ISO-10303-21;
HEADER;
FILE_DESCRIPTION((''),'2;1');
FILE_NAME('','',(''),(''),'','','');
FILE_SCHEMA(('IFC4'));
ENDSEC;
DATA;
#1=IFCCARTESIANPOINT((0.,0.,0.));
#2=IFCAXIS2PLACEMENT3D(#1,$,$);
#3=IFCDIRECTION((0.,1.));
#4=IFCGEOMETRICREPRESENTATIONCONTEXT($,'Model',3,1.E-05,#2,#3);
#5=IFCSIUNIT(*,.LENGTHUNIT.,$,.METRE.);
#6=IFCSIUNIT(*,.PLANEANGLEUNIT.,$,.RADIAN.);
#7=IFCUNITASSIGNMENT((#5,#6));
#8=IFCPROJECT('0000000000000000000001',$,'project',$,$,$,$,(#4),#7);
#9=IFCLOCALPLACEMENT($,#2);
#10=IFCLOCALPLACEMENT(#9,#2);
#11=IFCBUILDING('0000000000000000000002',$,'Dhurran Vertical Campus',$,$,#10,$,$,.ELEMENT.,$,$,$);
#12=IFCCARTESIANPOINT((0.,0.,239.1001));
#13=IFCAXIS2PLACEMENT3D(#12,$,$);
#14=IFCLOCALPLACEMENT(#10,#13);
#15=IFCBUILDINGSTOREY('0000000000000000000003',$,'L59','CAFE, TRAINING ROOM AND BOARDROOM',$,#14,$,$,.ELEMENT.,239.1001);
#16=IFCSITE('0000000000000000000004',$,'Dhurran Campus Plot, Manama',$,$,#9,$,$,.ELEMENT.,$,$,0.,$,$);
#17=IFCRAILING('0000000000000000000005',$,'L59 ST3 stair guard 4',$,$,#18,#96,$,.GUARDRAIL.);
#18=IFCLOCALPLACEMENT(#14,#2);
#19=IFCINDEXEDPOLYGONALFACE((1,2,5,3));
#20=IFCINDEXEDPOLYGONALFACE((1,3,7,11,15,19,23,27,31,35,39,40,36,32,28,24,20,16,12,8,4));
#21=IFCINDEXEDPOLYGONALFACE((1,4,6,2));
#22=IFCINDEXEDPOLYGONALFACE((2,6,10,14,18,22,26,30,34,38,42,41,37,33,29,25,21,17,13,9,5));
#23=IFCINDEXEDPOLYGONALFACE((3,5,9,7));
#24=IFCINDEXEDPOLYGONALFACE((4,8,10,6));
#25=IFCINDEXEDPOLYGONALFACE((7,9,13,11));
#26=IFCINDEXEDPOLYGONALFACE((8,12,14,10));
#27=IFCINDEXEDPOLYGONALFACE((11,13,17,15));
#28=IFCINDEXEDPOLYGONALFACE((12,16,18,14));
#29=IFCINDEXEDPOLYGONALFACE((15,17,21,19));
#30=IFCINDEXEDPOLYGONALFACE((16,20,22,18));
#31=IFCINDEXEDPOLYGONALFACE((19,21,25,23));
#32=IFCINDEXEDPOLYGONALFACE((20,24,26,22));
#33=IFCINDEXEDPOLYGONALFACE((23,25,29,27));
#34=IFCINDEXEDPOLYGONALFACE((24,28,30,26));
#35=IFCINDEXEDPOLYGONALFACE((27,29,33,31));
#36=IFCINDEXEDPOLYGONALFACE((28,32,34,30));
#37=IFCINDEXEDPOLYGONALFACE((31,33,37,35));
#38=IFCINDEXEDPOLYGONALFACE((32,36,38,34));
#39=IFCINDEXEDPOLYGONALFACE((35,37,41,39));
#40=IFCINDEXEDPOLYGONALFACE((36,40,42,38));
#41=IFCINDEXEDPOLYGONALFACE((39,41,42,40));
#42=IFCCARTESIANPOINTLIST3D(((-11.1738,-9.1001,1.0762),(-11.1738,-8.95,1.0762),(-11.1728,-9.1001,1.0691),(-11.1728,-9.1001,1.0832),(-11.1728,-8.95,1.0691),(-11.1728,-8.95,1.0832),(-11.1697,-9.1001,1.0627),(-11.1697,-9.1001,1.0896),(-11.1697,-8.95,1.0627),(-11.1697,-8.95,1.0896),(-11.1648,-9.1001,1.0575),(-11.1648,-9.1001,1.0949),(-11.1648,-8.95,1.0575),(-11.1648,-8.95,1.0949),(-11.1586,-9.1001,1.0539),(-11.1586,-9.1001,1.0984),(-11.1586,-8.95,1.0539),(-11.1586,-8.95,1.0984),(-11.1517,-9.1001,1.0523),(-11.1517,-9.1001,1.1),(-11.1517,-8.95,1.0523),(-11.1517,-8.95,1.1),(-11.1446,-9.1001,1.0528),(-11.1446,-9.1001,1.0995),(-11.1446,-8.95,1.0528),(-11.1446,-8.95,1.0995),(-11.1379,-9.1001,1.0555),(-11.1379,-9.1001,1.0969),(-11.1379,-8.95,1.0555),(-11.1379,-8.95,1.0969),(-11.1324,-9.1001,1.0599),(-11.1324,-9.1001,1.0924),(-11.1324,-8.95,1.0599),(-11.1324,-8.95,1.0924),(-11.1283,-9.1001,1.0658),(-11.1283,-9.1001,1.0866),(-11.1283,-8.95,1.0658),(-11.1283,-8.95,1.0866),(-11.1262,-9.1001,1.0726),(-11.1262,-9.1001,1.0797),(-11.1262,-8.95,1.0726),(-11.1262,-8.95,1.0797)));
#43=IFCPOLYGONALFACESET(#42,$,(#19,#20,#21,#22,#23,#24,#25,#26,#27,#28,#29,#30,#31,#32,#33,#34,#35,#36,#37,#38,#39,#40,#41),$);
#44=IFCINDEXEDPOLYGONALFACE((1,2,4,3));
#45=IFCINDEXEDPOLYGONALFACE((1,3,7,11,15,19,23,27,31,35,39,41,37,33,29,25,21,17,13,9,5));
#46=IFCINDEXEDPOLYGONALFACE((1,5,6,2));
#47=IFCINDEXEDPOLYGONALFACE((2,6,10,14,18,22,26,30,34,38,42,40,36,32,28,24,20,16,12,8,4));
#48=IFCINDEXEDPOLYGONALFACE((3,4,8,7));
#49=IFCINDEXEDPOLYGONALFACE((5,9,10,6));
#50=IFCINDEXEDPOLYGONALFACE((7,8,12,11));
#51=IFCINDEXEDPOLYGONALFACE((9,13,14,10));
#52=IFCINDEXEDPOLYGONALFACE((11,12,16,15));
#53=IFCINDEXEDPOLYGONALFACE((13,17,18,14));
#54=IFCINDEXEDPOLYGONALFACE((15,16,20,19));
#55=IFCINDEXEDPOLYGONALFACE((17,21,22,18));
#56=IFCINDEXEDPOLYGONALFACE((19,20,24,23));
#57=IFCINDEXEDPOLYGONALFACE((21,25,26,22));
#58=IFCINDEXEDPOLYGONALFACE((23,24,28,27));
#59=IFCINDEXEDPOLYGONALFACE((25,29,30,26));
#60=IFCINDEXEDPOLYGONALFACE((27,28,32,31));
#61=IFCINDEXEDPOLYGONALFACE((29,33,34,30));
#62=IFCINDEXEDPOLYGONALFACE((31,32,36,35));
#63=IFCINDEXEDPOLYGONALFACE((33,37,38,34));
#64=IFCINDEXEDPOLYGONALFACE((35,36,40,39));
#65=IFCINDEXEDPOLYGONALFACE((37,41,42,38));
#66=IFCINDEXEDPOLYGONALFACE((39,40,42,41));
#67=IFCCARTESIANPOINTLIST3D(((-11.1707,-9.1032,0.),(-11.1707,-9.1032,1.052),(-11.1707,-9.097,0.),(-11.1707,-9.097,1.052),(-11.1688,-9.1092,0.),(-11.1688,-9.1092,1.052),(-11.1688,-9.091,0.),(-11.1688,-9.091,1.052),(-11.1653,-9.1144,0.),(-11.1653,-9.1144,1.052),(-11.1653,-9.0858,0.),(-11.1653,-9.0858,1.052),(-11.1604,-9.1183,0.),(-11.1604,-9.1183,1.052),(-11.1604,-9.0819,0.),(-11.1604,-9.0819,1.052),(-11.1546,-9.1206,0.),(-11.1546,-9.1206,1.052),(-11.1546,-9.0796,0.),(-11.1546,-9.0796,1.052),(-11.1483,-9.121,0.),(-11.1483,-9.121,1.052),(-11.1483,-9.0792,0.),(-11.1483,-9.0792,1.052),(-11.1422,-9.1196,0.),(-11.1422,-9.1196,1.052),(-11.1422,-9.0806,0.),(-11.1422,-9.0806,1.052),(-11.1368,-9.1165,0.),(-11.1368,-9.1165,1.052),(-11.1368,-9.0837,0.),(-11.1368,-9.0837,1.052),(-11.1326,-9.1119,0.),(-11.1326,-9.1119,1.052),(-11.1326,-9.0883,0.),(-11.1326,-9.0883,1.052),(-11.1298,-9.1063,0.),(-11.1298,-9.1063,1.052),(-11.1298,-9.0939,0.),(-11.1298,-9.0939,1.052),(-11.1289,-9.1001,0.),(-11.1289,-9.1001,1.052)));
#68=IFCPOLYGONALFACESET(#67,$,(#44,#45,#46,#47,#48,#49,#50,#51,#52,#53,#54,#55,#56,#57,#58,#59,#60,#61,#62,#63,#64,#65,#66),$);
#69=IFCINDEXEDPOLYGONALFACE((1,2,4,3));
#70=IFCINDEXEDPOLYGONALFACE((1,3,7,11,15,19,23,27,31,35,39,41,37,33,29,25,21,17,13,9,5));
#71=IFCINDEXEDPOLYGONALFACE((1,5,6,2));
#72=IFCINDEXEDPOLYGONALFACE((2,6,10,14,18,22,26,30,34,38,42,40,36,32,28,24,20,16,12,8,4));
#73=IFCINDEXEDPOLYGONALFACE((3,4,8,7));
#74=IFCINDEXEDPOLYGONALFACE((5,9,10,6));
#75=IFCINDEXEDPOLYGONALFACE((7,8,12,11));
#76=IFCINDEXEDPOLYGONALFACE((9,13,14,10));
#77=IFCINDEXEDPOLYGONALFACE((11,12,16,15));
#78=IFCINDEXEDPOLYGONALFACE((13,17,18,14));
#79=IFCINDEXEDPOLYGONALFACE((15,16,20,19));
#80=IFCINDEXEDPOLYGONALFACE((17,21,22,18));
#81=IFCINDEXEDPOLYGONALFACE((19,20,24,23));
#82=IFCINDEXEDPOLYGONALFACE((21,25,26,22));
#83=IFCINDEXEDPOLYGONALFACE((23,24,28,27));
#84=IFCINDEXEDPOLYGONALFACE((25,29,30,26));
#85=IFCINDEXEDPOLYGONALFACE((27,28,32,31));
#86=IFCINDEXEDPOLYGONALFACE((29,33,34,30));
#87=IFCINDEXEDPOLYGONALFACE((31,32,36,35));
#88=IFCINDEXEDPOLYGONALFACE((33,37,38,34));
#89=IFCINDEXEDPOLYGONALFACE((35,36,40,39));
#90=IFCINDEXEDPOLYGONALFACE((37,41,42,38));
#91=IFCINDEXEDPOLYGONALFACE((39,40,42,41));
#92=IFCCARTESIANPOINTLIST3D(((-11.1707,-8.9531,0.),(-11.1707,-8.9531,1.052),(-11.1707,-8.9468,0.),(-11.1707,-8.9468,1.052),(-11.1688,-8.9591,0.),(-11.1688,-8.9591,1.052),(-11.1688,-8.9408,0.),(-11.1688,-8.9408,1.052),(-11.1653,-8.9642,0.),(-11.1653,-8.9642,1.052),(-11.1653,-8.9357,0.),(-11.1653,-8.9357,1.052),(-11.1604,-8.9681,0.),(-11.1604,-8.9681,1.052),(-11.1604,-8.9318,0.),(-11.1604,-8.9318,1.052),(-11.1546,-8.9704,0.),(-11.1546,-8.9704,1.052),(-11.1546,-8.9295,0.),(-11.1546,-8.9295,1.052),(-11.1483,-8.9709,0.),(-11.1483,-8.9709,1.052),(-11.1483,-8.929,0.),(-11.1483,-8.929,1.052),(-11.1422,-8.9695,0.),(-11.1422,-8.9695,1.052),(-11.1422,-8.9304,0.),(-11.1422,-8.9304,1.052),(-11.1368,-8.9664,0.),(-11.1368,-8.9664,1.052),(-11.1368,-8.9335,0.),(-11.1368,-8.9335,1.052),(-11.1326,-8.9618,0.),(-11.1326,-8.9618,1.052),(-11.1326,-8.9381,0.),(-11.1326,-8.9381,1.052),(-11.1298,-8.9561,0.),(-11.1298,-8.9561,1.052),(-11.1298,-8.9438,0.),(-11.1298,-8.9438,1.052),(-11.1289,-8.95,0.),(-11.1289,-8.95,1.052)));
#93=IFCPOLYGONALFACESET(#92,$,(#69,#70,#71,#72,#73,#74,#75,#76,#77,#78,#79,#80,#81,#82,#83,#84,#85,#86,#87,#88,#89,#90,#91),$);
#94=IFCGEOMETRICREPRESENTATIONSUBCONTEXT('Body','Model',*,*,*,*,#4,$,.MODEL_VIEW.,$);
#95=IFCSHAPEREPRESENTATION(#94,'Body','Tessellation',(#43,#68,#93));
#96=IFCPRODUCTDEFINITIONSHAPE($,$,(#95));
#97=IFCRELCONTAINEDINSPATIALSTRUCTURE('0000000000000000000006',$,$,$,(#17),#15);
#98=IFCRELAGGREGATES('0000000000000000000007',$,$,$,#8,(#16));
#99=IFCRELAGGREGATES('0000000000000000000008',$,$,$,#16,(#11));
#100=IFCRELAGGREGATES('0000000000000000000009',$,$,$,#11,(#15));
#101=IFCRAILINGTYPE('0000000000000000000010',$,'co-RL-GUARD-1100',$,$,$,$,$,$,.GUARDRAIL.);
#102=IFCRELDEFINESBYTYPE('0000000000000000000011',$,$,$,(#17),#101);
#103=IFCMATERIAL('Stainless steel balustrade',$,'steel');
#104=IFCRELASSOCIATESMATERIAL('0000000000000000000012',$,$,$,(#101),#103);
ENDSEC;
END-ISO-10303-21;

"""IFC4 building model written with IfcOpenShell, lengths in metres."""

from ifc_helpers import new_model, si_unit, direction, frame, origin, origin_2d, place, context, subcontext, project, spatial, circle, extrude, material, type_object, element, save


model = new_model("IFC4")

# Units and contexts
model_context = context("Model", 3, precision=1e-05, world=origin(), true_north=direction((0.0, 1.0)))
body_context = subcontext(model_context, "Body", "Model", "MODEL_VIEW")
ifc_project = project(units=[si_unit("LENGTHUNIT", "METRE"), si_unit("PLANEANGLEUNIT", "RADIAN")], contexts=[model_context])

# Site, building, storey
site_placement = place(None, origin())
site = spatial("IfcSite", under=ifc_project, at=site_placement, Name="Dhurran Campus Plot, Manama", CompositionType="ELEMENT", RefElevation=0.0)
building_placement = place(site_placement, origin())
building = spatial("IfcBuilding", under=site, at=building_placement, Name="Dhurran Vertical Campus", CompositionType="ELEMENT")
storey_placement = place(building_placement, frame((0.0, 0.0, 239.1001)))
storey = spatial("IfcBuildingStorey", under=building, at=storey_placement, Name="L59", Description="CAFE, TRAINING ROOM AND BOARDROOM", CompositionType="ELEMENT", Elevation=239.1001)

# Railing
ifc_material_1 = material(Name="Stainless steel balustrade", Category="steel")
railing_type_1 = type_object("IfcRailingType", Name="co-RL-GUARD-1100", PredefinedType="GUARDRAIL", material=ifc_material_1)
railing_1_placement = place(storey_placement, frame((-11.1499, -9.1001, 0.0)))
element("IfcRailing", 1, at=railing_1_placement, inside=storey, type_object=railing_type_1, Name="L59 ST3 stair guard 4", PredefinedType="GUARDRAIL", context=body_context, shape_type="SweptSolid", body=[
    extrude(circle(Radius=0.0239, at=origin_2d()), frame((0.0, 0.0, 1.0762), z_axis=(0.0, 1.0, 0.0), x_axis=(-1.0, 0.0, 0.0)), (0.0, 0.0, 1.0), 0.1501),
    extrude(circle(Radius=0.021, at=origin_2d()), origin(), (0.0, 0.0, 1.0), 1.052),
    extrude(circle(Radius=0.021, at=origin_2d()), frame((0.0, 0.1501, 0.0)), (0.0, 0.0, 1.0), 1.052),
])

save(model, "model.ifc")
